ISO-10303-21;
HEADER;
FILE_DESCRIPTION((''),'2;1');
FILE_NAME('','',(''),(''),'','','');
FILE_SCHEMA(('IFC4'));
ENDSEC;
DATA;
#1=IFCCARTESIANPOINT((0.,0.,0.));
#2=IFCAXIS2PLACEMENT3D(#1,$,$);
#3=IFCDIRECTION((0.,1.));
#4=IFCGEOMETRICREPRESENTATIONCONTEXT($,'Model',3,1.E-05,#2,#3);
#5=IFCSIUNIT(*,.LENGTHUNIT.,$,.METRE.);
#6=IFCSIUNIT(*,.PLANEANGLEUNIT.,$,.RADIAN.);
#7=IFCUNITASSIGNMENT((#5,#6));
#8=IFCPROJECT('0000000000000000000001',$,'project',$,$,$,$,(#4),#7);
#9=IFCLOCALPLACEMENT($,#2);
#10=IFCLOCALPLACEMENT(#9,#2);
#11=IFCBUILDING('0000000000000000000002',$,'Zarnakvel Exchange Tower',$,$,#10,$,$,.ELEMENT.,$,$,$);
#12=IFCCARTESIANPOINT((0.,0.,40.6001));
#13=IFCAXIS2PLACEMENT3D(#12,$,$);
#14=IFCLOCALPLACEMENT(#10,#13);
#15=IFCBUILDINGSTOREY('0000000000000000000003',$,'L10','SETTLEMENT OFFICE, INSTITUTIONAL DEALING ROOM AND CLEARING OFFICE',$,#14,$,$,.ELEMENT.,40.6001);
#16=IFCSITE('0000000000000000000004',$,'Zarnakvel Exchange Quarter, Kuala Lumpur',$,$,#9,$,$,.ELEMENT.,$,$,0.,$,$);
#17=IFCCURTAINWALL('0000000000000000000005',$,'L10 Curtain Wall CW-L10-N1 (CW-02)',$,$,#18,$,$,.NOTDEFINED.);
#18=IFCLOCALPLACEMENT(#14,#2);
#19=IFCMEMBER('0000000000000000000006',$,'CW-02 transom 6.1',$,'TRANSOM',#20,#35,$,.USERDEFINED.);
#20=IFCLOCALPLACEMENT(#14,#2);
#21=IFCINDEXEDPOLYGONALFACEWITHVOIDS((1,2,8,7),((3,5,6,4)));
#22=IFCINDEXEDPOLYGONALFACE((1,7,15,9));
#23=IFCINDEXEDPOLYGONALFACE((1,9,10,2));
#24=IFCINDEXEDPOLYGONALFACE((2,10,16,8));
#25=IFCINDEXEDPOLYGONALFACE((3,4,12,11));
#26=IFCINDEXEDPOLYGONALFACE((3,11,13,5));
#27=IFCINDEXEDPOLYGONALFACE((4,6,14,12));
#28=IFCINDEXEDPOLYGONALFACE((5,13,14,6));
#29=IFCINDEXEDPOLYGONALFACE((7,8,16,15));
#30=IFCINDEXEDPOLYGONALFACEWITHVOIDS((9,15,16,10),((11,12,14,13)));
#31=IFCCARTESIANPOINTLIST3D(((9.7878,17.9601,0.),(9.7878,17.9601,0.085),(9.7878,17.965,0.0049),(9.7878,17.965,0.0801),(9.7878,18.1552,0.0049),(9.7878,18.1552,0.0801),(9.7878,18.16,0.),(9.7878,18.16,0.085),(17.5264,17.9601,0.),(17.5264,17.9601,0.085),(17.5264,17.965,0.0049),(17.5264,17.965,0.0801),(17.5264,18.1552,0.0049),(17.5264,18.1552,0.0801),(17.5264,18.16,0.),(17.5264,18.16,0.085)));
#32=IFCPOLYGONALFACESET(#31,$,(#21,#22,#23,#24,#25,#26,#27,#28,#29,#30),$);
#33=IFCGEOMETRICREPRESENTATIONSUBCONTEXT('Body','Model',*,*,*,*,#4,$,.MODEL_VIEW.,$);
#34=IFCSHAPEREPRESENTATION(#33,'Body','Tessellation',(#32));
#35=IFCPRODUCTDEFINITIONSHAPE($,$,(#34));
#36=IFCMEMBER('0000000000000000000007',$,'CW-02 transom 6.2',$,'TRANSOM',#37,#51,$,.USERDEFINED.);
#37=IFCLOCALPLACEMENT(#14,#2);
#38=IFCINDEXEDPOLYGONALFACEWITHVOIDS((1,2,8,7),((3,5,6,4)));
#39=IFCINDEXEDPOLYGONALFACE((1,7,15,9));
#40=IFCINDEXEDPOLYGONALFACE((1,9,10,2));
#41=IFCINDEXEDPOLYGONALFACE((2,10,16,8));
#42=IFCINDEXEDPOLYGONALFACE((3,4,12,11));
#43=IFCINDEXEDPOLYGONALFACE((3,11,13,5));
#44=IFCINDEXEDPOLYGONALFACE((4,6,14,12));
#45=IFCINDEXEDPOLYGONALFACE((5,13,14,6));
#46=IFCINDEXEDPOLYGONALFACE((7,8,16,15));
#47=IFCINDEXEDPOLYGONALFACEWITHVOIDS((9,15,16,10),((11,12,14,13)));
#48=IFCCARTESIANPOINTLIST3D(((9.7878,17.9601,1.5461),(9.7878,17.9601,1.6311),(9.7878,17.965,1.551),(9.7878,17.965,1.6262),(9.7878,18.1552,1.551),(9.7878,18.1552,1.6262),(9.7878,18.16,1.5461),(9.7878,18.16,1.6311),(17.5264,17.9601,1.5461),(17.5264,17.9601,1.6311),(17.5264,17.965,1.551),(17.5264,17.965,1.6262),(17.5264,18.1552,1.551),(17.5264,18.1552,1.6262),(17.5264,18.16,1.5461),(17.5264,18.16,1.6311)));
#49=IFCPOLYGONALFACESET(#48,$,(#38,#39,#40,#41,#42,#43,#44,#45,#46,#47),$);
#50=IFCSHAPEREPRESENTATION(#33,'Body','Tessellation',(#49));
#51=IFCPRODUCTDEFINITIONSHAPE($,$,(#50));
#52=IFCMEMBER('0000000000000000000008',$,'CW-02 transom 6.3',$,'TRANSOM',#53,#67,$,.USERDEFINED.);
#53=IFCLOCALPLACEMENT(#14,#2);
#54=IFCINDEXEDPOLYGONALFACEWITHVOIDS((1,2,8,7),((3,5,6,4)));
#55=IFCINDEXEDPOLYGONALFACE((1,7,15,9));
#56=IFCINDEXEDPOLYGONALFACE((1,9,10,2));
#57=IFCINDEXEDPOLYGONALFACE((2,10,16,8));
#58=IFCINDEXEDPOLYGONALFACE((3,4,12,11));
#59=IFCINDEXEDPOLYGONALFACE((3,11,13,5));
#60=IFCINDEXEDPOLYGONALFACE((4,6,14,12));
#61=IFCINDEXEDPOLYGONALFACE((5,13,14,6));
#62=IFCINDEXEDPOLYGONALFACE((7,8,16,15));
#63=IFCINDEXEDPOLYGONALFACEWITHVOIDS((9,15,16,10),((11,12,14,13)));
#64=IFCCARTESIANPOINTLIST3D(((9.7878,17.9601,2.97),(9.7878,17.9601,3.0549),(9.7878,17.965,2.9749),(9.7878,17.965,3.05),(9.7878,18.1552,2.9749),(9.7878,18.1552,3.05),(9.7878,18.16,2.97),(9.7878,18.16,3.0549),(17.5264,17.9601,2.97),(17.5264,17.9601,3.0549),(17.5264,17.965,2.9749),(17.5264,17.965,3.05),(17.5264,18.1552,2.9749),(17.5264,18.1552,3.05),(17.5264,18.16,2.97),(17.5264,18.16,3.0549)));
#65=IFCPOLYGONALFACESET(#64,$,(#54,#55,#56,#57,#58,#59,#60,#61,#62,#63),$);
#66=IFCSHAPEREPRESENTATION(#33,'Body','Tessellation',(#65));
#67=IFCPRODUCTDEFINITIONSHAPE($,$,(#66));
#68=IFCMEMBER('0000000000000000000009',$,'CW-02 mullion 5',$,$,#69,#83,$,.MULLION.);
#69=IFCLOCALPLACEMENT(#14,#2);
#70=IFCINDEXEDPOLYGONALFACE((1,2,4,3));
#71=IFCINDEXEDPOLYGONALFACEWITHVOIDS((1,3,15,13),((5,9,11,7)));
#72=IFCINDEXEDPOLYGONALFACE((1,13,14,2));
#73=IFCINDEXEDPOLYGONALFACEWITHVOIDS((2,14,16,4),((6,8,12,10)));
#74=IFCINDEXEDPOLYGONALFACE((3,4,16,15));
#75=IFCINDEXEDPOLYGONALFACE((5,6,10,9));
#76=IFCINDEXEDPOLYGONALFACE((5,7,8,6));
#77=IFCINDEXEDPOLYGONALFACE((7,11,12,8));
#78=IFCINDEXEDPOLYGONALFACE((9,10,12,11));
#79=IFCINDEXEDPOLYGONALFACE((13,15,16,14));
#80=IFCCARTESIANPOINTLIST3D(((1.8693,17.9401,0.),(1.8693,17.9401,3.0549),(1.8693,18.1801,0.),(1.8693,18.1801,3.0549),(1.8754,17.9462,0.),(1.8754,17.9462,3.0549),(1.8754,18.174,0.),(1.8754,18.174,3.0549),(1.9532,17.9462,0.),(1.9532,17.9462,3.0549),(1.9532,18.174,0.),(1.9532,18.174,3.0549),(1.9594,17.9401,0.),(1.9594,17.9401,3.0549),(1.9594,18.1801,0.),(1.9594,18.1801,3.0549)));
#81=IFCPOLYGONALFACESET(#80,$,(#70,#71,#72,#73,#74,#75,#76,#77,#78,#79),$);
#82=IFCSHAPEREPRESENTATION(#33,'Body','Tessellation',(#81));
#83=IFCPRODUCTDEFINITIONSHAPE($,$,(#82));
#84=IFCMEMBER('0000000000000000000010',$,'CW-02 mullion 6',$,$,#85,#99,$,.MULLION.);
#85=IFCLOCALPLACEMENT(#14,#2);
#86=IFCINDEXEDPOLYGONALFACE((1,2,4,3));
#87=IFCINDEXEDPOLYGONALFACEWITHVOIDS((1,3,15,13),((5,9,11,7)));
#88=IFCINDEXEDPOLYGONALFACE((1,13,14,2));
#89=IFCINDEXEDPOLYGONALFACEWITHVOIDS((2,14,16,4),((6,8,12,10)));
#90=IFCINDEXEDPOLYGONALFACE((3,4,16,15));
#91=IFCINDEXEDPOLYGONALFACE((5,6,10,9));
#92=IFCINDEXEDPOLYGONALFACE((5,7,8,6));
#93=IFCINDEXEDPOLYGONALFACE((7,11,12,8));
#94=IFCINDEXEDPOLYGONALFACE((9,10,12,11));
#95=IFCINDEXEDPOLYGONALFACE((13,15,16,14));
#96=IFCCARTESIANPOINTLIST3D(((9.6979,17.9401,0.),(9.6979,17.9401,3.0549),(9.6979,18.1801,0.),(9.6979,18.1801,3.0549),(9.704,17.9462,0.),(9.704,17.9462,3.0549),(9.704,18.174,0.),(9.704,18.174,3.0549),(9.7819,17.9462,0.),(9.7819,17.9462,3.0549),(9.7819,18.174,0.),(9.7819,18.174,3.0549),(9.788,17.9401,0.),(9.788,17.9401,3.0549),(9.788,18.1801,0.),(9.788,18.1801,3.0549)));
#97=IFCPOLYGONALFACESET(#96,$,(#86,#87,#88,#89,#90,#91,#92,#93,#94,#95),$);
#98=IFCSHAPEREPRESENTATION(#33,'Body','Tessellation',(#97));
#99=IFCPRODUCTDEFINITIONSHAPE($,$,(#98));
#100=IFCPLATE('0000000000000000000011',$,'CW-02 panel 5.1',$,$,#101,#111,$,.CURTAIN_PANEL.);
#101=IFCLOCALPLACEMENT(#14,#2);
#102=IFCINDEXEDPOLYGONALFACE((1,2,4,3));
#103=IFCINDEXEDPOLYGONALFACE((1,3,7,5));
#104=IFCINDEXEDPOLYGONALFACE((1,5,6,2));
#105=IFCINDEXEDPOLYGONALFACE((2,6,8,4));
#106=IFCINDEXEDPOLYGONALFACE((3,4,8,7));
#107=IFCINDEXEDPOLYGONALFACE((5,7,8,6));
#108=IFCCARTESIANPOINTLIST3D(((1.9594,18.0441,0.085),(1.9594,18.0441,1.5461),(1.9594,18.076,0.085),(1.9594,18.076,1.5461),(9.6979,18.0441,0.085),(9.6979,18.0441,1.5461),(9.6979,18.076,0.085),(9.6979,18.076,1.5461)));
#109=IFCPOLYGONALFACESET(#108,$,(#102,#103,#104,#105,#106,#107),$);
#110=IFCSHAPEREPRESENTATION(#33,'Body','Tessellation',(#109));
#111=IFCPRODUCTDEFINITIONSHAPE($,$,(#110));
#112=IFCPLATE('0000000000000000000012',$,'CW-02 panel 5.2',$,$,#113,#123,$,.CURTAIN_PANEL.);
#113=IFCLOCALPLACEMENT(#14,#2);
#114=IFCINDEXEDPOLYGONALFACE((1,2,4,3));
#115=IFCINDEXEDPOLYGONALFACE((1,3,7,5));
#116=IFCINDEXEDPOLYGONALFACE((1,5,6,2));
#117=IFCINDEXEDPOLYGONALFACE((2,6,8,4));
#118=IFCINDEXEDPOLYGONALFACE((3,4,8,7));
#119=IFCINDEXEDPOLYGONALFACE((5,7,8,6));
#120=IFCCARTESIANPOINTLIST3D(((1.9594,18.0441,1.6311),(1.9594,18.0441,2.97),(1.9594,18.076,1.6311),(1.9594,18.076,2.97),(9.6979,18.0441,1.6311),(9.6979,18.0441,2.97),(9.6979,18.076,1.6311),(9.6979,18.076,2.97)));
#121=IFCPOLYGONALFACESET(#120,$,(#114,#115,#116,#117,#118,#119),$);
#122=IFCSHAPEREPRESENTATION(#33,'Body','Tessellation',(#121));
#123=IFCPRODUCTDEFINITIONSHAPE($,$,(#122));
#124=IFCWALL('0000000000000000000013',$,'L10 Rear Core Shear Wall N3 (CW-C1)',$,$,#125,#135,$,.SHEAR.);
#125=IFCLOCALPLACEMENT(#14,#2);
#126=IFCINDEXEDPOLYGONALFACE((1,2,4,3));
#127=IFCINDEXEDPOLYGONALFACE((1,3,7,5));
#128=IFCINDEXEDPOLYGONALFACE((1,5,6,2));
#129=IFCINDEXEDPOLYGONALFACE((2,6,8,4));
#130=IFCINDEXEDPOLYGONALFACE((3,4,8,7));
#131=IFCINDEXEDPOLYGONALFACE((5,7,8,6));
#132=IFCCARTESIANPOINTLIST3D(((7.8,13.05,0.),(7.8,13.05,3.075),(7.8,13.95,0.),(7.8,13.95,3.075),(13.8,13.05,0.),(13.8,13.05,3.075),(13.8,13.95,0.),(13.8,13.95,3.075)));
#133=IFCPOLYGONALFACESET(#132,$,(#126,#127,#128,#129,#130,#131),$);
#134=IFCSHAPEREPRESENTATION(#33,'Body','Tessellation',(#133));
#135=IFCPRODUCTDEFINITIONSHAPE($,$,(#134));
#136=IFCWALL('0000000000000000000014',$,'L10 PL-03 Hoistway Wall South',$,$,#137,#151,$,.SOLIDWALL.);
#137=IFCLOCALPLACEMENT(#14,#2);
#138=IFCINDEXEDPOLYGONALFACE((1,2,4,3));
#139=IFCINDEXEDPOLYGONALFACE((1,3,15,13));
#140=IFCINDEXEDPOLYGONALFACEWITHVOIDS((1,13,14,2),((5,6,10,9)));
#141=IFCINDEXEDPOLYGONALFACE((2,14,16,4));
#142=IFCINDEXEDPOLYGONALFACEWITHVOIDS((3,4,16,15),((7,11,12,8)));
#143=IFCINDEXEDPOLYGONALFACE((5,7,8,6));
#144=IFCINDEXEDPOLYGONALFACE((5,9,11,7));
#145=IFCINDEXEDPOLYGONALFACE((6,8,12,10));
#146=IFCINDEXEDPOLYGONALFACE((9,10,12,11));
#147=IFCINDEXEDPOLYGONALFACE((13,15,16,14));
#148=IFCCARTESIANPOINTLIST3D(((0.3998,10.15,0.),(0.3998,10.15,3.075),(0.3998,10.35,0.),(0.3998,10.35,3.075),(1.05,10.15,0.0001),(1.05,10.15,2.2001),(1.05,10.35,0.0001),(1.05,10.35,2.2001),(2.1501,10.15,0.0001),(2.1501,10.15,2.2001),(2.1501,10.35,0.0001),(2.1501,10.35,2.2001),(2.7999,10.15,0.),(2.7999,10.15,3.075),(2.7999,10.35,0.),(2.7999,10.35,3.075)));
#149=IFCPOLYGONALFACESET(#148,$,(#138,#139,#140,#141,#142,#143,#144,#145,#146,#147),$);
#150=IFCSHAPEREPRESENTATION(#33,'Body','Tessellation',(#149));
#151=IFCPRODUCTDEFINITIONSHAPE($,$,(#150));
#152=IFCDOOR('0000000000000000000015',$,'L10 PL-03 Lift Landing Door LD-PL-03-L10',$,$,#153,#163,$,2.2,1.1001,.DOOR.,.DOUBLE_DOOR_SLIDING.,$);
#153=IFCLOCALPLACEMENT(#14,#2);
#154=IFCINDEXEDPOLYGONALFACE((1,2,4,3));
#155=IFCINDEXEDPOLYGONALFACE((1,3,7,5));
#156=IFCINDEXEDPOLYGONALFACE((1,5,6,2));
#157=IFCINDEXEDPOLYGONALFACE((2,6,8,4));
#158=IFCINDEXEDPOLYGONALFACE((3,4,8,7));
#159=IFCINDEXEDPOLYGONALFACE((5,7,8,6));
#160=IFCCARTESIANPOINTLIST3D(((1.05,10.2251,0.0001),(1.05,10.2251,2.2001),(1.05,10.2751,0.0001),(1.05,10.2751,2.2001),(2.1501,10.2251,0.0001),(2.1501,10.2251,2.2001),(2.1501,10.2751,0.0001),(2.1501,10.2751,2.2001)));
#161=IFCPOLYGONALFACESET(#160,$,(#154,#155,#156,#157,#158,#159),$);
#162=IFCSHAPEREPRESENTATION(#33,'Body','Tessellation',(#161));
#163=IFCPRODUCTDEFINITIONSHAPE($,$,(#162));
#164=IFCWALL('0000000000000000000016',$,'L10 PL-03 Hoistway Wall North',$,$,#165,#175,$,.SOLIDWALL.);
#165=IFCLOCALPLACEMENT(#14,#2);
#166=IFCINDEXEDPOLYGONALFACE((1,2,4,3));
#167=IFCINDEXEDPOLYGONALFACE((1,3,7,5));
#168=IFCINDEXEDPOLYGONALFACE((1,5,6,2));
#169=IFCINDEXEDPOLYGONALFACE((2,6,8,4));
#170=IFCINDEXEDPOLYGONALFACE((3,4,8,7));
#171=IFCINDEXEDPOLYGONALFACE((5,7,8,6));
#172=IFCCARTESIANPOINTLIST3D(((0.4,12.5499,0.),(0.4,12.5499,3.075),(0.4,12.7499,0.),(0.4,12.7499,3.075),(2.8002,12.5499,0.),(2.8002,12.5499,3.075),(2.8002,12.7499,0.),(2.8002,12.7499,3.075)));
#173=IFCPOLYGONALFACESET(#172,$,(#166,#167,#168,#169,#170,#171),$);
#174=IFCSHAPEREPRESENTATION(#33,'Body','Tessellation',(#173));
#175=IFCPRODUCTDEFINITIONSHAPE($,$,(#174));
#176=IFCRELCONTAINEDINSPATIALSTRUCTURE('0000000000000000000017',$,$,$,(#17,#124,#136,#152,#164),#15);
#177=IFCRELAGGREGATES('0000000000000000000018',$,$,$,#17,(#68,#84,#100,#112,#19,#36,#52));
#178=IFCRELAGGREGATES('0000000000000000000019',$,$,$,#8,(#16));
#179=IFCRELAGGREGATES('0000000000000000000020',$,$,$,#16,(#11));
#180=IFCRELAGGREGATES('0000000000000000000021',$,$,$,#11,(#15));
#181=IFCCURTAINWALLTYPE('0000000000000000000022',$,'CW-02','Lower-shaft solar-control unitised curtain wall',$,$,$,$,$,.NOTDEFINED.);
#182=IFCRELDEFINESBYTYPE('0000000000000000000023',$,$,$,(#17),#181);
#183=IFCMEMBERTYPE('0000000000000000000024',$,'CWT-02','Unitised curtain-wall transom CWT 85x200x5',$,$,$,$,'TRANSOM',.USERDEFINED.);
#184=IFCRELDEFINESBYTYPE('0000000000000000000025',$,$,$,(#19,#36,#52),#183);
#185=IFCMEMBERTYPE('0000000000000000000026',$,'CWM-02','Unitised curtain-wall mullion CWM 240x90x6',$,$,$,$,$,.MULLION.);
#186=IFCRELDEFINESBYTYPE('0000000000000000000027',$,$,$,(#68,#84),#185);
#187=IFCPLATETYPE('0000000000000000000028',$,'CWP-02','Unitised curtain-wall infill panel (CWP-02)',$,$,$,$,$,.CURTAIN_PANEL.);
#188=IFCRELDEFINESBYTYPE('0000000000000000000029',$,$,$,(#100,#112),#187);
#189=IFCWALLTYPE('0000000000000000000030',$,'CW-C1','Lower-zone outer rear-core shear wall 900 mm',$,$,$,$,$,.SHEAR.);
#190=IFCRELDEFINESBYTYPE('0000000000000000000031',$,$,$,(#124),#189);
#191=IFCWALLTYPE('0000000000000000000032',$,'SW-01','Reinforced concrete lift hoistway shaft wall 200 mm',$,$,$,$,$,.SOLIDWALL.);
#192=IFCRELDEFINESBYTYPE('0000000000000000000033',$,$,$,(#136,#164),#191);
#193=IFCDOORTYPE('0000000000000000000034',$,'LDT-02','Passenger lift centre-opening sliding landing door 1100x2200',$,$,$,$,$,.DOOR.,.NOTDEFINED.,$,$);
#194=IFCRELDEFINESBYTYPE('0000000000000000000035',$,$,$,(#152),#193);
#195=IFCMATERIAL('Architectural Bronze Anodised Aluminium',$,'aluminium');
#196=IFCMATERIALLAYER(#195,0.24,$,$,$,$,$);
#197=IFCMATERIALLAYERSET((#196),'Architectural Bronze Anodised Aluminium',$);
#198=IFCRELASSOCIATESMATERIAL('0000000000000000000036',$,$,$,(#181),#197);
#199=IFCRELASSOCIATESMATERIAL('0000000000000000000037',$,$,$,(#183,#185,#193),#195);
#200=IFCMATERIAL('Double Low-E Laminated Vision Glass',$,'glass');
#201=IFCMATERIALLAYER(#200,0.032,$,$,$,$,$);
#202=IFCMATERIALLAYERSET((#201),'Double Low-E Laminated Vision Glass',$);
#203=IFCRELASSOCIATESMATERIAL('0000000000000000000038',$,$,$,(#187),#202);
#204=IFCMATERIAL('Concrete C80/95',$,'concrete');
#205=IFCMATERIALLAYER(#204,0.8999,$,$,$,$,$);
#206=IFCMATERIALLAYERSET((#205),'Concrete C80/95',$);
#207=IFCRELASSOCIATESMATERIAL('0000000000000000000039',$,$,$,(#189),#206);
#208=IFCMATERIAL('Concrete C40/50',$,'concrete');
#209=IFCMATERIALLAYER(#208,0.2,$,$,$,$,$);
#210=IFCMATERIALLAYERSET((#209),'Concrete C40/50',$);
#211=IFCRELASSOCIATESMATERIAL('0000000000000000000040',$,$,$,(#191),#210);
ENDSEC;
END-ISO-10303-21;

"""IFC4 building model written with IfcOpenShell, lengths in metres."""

from ifc_helpers import new_model, si_unit, direction, frame, frame_2d, origin, origin_2d, place, context, subcontext, project, spatial, rectangle, hollow_rectangle, extrude, source, transform, mapped, material, layer, layer_set, material_profile, profile_set, type_object, element, fill, aggregate, save


model = new_model("IFC4")

# Units and contexts
model_context = context("Model", 3, precision=1e-05, world=origin(), true_north=direction((0.0, 1.0)))
body_context = subcontext(model_context, "Body", "Model", "MODEL_VIEW")
ifc_project = project(units=[si_unit("LENGTHUNIT", "METRE"), si_unit("PLANEANGLEUNIT", "RADIAN")], contexts=[model_context])

# Site, building, storey
site_placement = place(None, origin())
site = spatial("IfcSite", under=ifc_project, at=site_placement, Name="Zarnakvel Exchange Quarter, Kuala Lumpur", CompositionType="ELEMENT", RefElevation=0.0)
building_placement = place(site_placement, origin())
building = spatial("IfcBuilding", under=site, at=building_placement, Name="Zarnakvel Exchange Tower", CompositionType="ELEMENT")
storey_placement = place(building_placement, frame((0.0, 0.0, 40.6001)))
storey = spatial("IfcBuildingStorey", under=building, at=storey_placement, Name="L10", Description="SETTLEMENT OFFICE, INSTITUTIONAL DEALING ROOM AND CLEARING OFFICE", CompositionType="ELEMENT", Elevation=40.6001)

# Shared definitions
ifc_material_1 = material(Name="Concrete C80/95", Category="concrete")

# Curtain wall, members, plates
ifc_material_2 = material(Name="Architectural Bronze Anodised Aluminium", Category="aluminium")
ifc_layer_1 = layer(ifc_material_2, 0.24)
ifc_layer_set_1 = layer_set([ifc_layer_1], Name="Architectural Bronze Anodised Aluminium")
curtain_wall_type = type_object("IfcCurtainWallType", Name="CW-02", Description="Lower-shaft solar-control unitised curtain wall", PredefinedType="NOTDEFINED", material=ifc_layer_set_1)
curtain_wall_placement = place(storey_placement, origin())
curtain_wall = element("IfcCurtainWall", 1, at=curtain_wall_placement, inside=storey, type_object=curtain_wall_type, Name="L10 Curtain Wall CW-L10-N1 (CW-02)", PredefinedType="NOTDEFINED")
ifc_material_profile_1 = material_profile(ifc_material_2, hollow_rectangle(XDim=0.2, YDim=0.085, WallThickness=0.0049, at=origin_2d()))
ifc_profile_set_1 = profile_set([ifc_material_profile_1], Name="Architectural Bronze Anodised Aluminium")
member_type_1 = type_object("IfcMemberType", Name="CWT-02", Description="Unitised curtain-wall transom CWT 85x200x5", ElementType="TRANSOM", PredefinedType="USERDEFINED", material=ifc_profile_set_1)
shared_shape_1 = source(origin(), body_context, "Body", "SweptSolid", [
    extrude(hollow_rectangle(XDim=0.2, YDim=0.085, WallThickness=0.0049, at=origin_2d()), origin(), (0.0, 0.0, 1.0), 7.7385),
])
member_1_placement = place(storey_placement, frame((9.7878, 18.0601, 0.0425), z_axis=(1.0, 0.0, 0.0), x_axis=(0.0, 1.0, 0.0)))
member_1 = element("IfcMember", 2, at=member_1_placement, type_object=member_type_1, Name="CW-02 transom 6.1", ObjectType="TRANSOM", PredefinedType="USERDEFINED", context=body_context, shape_type="MappedRepresentation", body=[
    mapped(shared_shape_1, transform((0.0, 0.0, 0.0), x_axis=(1.0, 0.0, 0.0), y_axis=(0.0, 1.0, 0.0), z_axis=(0.0, 0.0, 1.0), scale=1.0)),
])
member_2_placement = place(storey_placement, frame((9.7878, 18.0601, 1.5886), z_axis=(1.0, 0.0, 0.0), x_axis=(0.0, 1.0, 0.0)))
member_2 = element("IfcMember", 3, at=member_2_placement, type_object=member_type_1, Name="CW-02 transom 6.2", ObjectType="TRANSOM", PredefinedType="USERDEFINED", context=body_context, shape_type="MappedRepresentation", body=[
    mapped(shared_shape_1, transform((0.0, 0.0, 0.0), x_axis=(1.0, 0.0, 0.0), y_axis=(0.0, 1.0, 0.0), z_axis=(0.0, 0.0, 1.0), scale=1.0)),
])
member_3_placement = place(storey_placement, frame((9.7878, 18.0601, 3.0125), z_axis=(1.0, 0.0, 0.0), x_axis=(0.0, 1.0, 0.0)))
member_3 = element("IfcMember", 4, at=member_3_placement, type_object=member_type_1, Name="CW-02 transom 6.3", ObjectType="TRANSOM", PredefinedType="USERDEFINED", context=body_context, shape_type="MappedRepresentation", body=[
    mapped(shared_shape_1, transform((0.0, 0.0, 0.0), x_axis=(1.0, 0.0, 0.0), y_axis=(0.0, 1.0, 0.0), z_axis=(0.0, 0.0, 1.0), scale=1.0)),
])
ifc_material_profile_2 = material_profile(ifc_material_2, hollow_rectangle(XDim=0.24, YDim=0.0901, WallThickness=0.0061, at=origin_2d()))
ifc_profile_set_2 = profile_set([ifc_material_profile_2], Name="Architectural Bronze Anodised Aluminium")
member_type_2 = type_object("IfcMemberType", Name="CWM-02", Description="Unitised curtain-wall mullion CWM 240x90x6", PredefinedType="MULLION", material=ifc_profile_set_2)
shared_shape_2 = source(origin(), body_context, "Body", "SweptSolid", [
    extrude(hollow_rectangle(XDim=0.24, YDim=0.0901, WallThickness=0.0061, at=origin_2d()), origin(), (0.0, 0.0, 1.0), 3.0549),
])
member_4_placement = place(storey_placement, frame((1.9143, 18.0601, 0.0), z_axis=(0.0, 0.0, 1.0), x_axis=(0.0, 1.0, 0.0)))
member_4 = element("IfcMember", 5, at=member_4_placement, type_object=member_type_2, Name="CW-02 mullion 5", PredefinedType="MULLION", context=body_context, shape_type="MappedRepresentation", body=[
    mapped(shared_shape_2, transform((0.0, 0.0, 0.0), x_axis=(1.0, 0.0, 0.0), y_axis=(0.0, 1.0, 0.0), z_axis=(0.0, 0.0, 1.0), scale=1.0)),
])
member_5_placement = place(storey_placement, frame((9.7429, 18.0601, 0.0), z_axis=(0.0, 0.0, 1.0), x_axis=(0.0, 1.0, 0.0)))
member_5 = element("IfcMember", 6, at=member_5_placement, type_object=member_type_2, Name="CW-02 mullion 6", PredefinedType="MULLION", context=body_context, shape_type="MappedRepresentation", body=[
    mapped(shared_shape_2, transform((0.0, 0.0, 0.0), x_axis=(1.0, 0.0, 0.0), y_axis=(0.0, 1.0, 0.0), z_axis=(0.0, 0.0, 1.0), scale=1.0)),
])
ifc_material_3 = material(Name="Double Low-E Laminated Vision Glass", Category="glass")
ifc_layer_2 = layer(ifc_material_3, 0.032)
ifc_layer_set_2 = layer_set([ifc_layer_2], Name="Double Low-E Laminated Vision Glass")
plate_type = type_object("IfcPlateType", Name="CWP-02", Description="Unitised curtain-wall infill panel (CWP-02)", PredefinedType="CURTAIN_PANEL", material=ifc_layer_set_2)
shared_shape_3 = source(origin(), body_context, "Body", "SweptSolid", [
    extrude(rectangle(XDim=7.7385, YDim=0.032, at=origin_2d()), origin(), (0.0, 0.0, 1.0), 1.4612),
])
plate_1_placement = place(storey_placement, frame((5.8286, 18.0601, 0.085), z_axis=(0.0, 0.0, 1.0), x_axis=(1.0, 0.0, 0.0)))
plate_1 = element("IfcPlate", 7, at=plate_1_placement, type_object=plate_type, Name="CW-02 panel 5.1", PredefinedType="CURTAIN_PANEL", context=body_context, shape_type="MappedRepresentation", body=[
    mapped(shared_shape_3, transform((0.0, 0.0, 0.0), x_axis=(1.0, 0.0, 0.0), y_axis=(0.0, 1.0, 0.0), z_axis=(0.0, 0.0, 1.0), scale=1.0)),
])
shared_shape_4 = source(origin(), body_context, "Body", "SweptSolid", [
    extrude(rectangle(XDim=7.7385, YDim=0.032, at=origin_2d()), origin(), (0.0, 0.0, 1.0), 1.3389),
])
plate_2_placement = place(storey_placement, frame((5.8286, 18.0601, 1.6311), z_axis=(0.0, 0.0, 1.0), x_axis=(1.0, 0.0, 0.0)))
plate_2 = element("IfcPlate", 8, at=plate_2_placement, type_object=plate_type, Name="CW-02 panel 5.2", PredefinedType="CURTAIN_PANEL", context=body_context, shape_type="MappedRepresentation", body=[
    mapped(shared_shape_4, transform((0.0, 0.0, 0.0), x_axis=(1.0, 0.0, 0.0), y_axis=(0.0, 1.0, 0.0), z_axis=(0.0, 0.0, 1.0), scale=1.0)),
])
aggregate(curtain_wall, [member_4, member_5, plate_1, plate_2, member_1, member_2, member_3])

# Wall
ifc_layer_3 = layer(ifc_material_1, 0.8999)
ifc_layer_set_3 = layer_set([ifc_layer_3], Name="Concrete C80/95")
wall_type_1 = type_object("IfcWallType", Name="CW-C1", Description="Lower-zone outer rear-core shear wall 900 mm", PredefinedType="SHEAR", material=ifc_layer_set_3)
wall_1_placement = place(storey_placement, frame((7.8, 13.5, 0.0), z_axis=(0.0, 0.0, 1.0), x_axis=(1.0, 0.0, 0.0)))
element("IfcWall", 9, at=wall_1_placement, inside=storey, type_object=wall_type_1, Name="L10 Rear Core Shear Wall N3 (CW-C1)", PredefinedType="SHEAR", context=body_context, shape_type="SweptSolid", body=[
    extrude(rectangle(XDim=6.0, YDim=0.8999, at=frame_2d((3.0, 0.0))), origin(), (0.0, 0.0, 1.0), 3.075),
])

# Wall, opening, door
ifc_material_4 = material(Name="Concrete C40/50", Category="concrete")
ifc_layer_4 = layer(ifc_material_4, 0.2)
ifc_layer_set_4 = layer_set([ifc_layer_4], Name="Concrete C40/50")
wall_type_2 = type_object("IfcWallType", Name="SW-01", Description="Reinforced concrete lift hoistway shaft wall 200 mm", PredefinedType="SOLIDWALL", material=ifc_layer_set_4)
wall_2_placement = place(storey_placement, frame((2.8, 10.25, 0.0), z_axis=(0.0, 0.0, 1.0), x_axis=(-1.0, 0.0, 0.0)))
wall_2 = element("IfcWall", 10, at=wall_2_placement, inside=storey, type_object=wall_type_2, Name="L10 PL-03 Hoistway Wall South", PredefinedType="SOLIDWALL", context=body_context, shape_type="SweptSolid", body=[
    extrude(rectangle(XDim=2.4001, YDim=0.2, at=frame_2d((1.2002, 0.0))), origin(), (0.0, 0.0, 1.0), 3.075),
])
opening_1_placement = place(wall_2_placement, frame((0.6499, 0.0, 0.0)))
opening_1 = element("IfcOpeningElement", 11, at=opening_1_placement, cuts=wall_2, PredefinedType="OPENING", context=body_context, shape_type="SweptSolid", body=[
    extrude(rectangle(XDim=1.1001, YDim=2.2, at=frame_2d((0.55, 1.1001))), frame((0.0, 0.1099, 0.0), z_axis=(0.0, -1.0, 0.0), x_axis=(1.0, 0.0, 0.0)), (0.0, 0.0, 1.0), 0.22),
])
door_type = type_object("IfcDoorType", Name="LDT-02", Description="Passenger lift centre-opening sliding landing door 1100x2200", OperationType="NOTDEFINED", PredefinedType="DOOR", material=ifc_material_2)
shared_shape_5 = source(origin(), body_context, "Body", "SweptSolid", [
    extrude(rectangle(XDim=1.1001, YDim=2.2, at=frame_2d((0.55, 1.1001))), frame((0.0, 0.0249, 0.0), z_axis=(0.0, -1.0, 0.0), x_axis=(1.0, 0.0, 0.0)), (0.0, 0.0, 1.0), 0.05),
])
door_1_placement = place(opening_1_placement, origin())
door_1 = element("IfcDoor", 12, at=door_1_placement, inside=storey, type_object=door_type, Name="L10 PL-03 Lift Landing Door LD-PL-03-L10", OperationType="DOUBLE_DOOR_SLIDING", OverallHeight=2.2, OverallWidth=1.1001, PredefinedType="DOOR", context=body_context, shape_type="MappedRepresentation", body=[
    mapped(shared_shape_5, transform((0.0, 0.0, 0.0), x_axis=(1.0, 0.0, 0.0), y_axis=(0.0, 1.0, 0.0), z_axis=(0.0, 0.0, 1.0), scale=1.0)),
])
fill(opening_1, door_1)

# Wall
wall_3_placement = place(storey_placement, frame((0.3999, 12.6499, 0.0), z_axis=(0.0, 0.0, 1.0), x_axis=(1.0, 0.0, 0.0)))
element("IfcWall", 13, at=wall_3_placement, inside=storey, type_object=wall_type_2, Name="L10 PL-03 Hoistway Wall North", PredefinedType="SOLIDWALL", context=body_context, shape_type="SweptSolid", body=[
    extrude(rectangle(XDim=2.4001, YDim=0.2, at=frame_2d((1.2002, 0.0))), origin(), (0.0, 0.0, 1.0), 3.075),
])

save(model, "model.ifc")
